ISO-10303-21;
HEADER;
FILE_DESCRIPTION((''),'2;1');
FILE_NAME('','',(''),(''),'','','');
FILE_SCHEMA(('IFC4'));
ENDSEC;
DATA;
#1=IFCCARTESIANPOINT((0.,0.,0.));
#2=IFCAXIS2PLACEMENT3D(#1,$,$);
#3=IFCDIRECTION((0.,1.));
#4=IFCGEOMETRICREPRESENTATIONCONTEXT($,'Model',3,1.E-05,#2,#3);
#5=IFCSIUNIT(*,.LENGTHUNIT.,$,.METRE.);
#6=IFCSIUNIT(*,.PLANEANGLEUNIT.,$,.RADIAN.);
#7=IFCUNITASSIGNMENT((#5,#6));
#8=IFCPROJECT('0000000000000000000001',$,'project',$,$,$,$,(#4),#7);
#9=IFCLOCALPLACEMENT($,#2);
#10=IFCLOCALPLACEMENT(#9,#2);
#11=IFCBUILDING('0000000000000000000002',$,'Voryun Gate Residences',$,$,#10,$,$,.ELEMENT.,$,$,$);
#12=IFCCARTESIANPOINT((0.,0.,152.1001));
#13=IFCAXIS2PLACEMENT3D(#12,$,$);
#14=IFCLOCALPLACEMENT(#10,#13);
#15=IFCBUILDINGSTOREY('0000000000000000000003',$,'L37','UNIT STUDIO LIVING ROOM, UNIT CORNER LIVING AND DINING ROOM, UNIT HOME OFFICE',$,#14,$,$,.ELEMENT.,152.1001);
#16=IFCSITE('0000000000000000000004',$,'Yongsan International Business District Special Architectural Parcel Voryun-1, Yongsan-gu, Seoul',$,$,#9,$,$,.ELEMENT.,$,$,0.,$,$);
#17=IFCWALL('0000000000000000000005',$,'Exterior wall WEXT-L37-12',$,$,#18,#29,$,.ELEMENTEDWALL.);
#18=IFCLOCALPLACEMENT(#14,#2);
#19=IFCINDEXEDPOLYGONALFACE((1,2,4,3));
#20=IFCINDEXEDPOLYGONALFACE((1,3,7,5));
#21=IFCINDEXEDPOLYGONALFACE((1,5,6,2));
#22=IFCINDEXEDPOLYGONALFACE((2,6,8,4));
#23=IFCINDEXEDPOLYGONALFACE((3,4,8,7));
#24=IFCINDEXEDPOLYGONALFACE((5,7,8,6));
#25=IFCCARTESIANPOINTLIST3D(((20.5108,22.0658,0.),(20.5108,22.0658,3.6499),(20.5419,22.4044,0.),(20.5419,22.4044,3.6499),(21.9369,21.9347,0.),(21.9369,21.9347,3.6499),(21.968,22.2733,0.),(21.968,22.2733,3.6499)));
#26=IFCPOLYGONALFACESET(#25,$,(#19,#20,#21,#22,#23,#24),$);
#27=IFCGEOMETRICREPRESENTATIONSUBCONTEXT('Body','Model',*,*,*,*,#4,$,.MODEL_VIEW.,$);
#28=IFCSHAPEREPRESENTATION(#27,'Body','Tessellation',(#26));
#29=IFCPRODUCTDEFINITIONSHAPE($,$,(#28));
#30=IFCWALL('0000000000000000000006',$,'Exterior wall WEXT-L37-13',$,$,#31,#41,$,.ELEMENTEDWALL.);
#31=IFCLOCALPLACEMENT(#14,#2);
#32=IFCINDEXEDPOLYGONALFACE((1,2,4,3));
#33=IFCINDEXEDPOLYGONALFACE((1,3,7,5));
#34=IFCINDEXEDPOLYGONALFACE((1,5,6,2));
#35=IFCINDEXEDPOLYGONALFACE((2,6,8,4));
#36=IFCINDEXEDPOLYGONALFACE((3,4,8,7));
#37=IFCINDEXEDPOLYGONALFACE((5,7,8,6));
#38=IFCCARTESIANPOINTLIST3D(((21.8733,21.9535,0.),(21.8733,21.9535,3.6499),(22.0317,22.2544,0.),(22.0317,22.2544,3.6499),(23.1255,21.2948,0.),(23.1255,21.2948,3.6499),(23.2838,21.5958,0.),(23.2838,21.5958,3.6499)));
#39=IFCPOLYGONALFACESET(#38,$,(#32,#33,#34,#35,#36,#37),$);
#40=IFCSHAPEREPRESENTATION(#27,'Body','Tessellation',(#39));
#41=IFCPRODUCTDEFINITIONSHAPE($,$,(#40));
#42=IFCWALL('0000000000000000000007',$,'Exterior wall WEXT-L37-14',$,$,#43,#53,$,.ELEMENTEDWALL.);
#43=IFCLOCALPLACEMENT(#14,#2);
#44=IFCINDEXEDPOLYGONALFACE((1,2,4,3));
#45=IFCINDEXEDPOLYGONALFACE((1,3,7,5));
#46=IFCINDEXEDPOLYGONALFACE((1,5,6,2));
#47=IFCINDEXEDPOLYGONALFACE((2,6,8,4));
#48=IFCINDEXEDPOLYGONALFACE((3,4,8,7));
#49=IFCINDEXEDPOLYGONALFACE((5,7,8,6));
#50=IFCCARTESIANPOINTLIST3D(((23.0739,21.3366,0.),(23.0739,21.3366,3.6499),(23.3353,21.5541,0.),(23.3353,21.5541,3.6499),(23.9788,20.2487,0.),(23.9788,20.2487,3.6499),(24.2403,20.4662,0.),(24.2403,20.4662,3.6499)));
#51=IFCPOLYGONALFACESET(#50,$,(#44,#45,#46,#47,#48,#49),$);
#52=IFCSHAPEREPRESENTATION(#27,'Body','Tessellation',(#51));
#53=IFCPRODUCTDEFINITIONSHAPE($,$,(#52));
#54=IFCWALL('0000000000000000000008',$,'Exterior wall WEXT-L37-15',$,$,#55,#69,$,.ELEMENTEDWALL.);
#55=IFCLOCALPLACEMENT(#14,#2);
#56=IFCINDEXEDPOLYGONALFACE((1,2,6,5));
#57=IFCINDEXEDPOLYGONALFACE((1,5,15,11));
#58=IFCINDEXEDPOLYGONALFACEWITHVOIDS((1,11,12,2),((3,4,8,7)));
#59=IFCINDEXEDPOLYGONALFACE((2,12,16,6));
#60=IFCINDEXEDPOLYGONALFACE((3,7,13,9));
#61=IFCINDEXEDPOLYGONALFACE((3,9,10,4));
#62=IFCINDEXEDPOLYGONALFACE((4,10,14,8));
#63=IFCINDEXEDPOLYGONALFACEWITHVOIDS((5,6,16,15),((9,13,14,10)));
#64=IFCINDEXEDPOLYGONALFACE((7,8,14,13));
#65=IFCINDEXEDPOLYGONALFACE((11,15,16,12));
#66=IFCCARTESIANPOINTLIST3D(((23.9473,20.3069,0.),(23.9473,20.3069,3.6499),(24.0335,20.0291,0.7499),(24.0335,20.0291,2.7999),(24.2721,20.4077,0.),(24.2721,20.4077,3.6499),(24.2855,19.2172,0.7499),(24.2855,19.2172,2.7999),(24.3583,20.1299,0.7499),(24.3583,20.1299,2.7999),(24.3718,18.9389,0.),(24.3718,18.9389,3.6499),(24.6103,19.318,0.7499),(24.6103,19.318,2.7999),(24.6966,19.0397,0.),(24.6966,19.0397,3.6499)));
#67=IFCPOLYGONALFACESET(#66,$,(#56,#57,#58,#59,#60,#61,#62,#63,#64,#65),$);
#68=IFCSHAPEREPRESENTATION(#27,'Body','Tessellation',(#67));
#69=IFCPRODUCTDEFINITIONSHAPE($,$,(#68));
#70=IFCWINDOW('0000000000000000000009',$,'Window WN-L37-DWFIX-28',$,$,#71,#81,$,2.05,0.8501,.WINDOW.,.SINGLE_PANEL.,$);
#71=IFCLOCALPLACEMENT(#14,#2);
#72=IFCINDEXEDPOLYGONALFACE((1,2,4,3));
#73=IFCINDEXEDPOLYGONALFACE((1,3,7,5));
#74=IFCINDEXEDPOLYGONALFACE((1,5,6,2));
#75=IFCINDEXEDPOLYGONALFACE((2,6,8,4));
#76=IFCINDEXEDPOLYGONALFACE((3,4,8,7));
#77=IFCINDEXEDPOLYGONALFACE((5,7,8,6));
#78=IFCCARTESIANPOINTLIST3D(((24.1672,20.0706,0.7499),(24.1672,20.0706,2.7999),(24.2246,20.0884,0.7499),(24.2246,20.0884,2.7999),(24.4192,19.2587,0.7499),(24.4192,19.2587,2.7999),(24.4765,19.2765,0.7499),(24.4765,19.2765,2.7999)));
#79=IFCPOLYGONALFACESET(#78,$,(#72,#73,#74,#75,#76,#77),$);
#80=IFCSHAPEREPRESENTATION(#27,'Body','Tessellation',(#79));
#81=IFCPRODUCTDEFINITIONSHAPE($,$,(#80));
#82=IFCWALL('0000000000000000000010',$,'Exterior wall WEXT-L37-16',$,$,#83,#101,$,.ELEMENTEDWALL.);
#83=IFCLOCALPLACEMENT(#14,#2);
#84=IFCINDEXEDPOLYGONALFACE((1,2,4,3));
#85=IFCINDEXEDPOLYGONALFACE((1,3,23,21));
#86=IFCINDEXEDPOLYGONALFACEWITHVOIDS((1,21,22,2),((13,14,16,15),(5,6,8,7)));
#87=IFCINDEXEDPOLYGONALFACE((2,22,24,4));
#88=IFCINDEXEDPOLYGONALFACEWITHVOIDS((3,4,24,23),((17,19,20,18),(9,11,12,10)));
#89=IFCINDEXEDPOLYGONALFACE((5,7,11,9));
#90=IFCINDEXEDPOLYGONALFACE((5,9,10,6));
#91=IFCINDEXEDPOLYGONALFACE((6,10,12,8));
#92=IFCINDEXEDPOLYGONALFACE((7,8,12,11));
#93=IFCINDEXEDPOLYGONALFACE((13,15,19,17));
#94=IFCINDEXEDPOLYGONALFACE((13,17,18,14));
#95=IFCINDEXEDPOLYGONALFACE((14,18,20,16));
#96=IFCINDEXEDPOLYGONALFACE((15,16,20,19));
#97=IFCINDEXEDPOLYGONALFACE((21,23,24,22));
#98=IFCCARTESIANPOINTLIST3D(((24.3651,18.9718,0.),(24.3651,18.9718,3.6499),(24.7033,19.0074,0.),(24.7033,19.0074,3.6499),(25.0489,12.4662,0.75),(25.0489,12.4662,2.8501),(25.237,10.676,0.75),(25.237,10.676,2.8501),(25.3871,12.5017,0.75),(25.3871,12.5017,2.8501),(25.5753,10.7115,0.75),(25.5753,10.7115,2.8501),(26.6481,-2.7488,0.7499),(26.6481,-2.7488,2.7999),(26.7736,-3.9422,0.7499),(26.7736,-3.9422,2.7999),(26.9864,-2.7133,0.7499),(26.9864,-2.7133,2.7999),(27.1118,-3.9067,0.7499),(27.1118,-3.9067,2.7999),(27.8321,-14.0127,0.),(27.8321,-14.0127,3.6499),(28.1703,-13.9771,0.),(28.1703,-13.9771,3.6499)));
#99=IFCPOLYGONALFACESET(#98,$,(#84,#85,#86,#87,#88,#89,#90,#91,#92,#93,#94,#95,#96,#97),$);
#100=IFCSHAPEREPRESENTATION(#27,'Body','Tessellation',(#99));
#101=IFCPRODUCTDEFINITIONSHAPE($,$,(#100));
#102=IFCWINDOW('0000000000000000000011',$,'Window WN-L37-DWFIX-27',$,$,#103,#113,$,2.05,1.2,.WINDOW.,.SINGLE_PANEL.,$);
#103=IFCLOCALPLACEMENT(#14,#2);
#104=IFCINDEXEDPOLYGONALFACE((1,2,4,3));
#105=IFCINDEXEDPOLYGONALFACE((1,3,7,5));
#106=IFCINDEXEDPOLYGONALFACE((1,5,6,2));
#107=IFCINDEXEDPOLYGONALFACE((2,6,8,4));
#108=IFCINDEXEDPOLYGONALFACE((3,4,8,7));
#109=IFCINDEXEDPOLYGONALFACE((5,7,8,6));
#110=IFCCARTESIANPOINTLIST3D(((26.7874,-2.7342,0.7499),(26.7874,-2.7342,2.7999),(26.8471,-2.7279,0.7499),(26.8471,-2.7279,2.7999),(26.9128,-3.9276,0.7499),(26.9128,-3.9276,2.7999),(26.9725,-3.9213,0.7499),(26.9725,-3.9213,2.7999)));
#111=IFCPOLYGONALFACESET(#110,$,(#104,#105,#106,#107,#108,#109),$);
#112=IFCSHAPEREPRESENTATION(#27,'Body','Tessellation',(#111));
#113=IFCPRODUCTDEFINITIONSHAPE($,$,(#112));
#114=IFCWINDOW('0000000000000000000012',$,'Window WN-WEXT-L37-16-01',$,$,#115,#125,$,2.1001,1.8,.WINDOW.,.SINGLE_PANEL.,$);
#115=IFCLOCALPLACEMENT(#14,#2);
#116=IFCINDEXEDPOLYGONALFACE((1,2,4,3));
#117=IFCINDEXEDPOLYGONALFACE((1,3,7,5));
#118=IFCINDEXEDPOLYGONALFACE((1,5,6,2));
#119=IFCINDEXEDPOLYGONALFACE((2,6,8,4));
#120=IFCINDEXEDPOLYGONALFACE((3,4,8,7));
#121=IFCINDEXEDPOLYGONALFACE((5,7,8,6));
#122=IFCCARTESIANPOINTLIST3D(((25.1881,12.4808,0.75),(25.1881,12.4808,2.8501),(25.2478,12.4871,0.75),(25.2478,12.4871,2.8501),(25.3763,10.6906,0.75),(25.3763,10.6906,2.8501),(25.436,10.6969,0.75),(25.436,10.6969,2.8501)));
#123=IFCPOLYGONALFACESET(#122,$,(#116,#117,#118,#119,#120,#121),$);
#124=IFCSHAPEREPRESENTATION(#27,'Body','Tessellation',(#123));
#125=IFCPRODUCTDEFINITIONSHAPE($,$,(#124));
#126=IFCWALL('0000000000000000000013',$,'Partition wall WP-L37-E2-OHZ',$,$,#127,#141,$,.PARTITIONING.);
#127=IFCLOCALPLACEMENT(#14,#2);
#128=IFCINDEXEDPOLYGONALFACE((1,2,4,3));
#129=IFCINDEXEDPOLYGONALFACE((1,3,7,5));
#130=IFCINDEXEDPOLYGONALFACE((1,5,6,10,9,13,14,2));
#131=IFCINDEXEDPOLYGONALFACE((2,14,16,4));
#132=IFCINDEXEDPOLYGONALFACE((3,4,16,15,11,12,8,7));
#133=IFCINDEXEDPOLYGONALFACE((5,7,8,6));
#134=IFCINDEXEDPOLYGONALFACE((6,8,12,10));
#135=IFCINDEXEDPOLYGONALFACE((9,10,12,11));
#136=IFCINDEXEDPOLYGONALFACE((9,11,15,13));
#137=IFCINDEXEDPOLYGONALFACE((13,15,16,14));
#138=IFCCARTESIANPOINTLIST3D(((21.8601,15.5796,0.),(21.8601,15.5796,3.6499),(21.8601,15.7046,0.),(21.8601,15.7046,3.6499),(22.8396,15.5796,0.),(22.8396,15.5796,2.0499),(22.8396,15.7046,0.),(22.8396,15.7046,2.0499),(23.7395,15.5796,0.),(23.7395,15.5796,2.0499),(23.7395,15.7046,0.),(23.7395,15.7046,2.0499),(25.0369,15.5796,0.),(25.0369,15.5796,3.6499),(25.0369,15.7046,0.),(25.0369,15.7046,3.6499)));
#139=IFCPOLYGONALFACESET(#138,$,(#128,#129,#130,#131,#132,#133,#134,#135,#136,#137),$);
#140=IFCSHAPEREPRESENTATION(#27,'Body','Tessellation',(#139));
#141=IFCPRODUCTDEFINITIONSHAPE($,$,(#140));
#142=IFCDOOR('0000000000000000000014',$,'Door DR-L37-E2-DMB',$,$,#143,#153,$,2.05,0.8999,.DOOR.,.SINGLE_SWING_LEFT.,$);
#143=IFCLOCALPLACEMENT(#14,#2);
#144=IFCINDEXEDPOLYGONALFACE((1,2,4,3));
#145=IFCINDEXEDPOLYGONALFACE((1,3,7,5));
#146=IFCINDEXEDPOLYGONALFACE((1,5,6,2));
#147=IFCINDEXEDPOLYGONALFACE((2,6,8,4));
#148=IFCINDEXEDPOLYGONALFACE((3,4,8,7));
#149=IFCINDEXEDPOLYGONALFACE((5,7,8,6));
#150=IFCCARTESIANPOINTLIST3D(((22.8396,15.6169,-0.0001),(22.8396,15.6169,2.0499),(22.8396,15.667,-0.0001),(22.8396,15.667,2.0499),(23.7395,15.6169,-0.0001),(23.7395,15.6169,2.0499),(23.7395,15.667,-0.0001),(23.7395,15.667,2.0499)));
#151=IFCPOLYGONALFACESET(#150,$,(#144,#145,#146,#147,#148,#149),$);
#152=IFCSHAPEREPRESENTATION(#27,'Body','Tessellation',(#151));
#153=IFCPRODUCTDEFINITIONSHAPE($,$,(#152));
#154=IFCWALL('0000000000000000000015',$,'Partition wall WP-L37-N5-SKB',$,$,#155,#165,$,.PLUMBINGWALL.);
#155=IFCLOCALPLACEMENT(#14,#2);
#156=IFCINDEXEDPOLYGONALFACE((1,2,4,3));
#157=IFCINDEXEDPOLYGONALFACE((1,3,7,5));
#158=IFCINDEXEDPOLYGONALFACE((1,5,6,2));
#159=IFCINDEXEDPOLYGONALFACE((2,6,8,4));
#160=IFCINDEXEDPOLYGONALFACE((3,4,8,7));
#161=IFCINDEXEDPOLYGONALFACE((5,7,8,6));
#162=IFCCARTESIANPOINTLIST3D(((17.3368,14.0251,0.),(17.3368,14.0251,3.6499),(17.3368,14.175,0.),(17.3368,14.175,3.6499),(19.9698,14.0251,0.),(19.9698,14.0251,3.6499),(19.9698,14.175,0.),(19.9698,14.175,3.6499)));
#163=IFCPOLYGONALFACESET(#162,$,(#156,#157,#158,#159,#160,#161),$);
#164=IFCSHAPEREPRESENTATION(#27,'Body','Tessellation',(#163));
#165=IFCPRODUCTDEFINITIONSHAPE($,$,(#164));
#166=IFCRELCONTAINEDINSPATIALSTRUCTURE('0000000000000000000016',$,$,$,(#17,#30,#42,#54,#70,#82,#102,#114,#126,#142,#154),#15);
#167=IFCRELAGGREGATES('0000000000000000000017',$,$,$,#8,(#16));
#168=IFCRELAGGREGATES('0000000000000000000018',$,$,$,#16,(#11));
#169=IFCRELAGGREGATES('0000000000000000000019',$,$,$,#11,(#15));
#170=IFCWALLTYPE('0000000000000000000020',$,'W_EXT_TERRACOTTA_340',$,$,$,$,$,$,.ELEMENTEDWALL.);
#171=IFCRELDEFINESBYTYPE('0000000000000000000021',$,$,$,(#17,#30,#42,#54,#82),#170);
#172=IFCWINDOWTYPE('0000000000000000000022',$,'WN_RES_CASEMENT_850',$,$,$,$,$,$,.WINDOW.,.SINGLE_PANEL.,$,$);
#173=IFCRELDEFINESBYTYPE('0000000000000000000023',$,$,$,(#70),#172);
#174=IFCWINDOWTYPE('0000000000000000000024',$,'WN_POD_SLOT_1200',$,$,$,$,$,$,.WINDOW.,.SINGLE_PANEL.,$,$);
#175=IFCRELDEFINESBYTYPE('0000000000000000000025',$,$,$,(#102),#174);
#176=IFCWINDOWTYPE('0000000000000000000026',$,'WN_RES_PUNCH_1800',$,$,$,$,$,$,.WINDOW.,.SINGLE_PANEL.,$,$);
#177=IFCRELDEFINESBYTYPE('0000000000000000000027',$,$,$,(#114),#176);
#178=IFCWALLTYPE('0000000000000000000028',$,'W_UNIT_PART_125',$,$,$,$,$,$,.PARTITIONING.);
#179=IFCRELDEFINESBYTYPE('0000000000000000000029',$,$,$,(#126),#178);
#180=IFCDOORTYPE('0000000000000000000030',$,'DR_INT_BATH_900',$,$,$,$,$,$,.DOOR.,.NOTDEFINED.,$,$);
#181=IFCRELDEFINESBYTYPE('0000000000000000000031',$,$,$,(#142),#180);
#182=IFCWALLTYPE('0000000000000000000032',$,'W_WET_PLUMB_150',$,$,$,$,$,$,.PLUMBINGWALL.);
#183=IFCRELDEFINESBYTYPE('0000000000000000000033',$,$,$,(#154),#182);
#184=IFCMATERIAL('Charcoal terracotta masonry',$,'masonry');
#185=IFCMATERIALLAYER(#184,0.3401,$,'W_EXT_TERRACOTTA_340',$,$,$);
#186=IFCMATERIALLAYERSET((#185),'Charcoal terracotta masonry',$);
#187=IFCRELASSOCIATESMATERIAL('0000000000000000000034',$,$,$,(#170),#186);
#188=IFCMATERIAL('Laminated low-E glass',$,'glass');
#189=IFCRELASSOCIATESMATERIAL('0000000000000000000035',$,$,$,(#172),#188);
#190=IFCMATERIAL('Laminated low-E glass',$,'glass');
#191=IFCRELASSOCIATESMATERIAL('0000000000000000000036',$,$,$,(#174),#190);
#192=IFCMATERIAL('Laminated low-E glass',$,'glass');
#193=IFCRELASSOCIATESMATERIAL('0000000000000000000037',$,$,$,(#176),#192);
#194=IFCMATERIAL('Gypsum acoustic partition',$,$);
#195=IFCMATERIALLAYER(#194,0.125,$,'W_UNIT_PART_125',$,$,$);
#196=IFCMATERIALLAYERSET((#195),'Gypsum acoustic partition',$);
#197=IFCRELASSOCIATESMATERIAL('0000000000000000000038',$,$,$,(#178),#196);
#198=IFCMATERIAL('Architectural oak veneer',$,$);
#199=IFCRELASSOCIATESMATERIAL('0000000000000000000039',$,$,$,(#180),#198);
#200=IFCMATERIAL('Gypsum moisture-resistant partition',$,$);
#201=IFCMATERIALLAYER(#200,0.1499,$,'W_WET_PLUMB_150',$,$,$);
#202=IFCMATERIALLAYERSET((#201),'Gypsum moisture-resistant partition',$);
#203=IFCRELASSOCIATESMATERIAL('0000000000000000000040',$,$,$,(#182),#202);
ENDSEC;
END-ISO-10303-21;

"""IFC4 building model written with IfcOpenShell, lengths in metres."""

from ifc_helpers import new_model, si_unit, direction, frame, frame_2d, origin, place, context, subcontext, project, spatial, rectangle, extrude, material, layer, layer_set, type_object, element, fill, save


model = new_model("IFC4")

# Units and contexts
model_context = context("Model", 3, precision=1e-05, world=origin(), true_north=direction((0.0, 1.0)))
body_context = subcontext(model_context, "Body", "Model", "MODEL_VIEW")
ifc_project = project(units=[si_unit("LENGTHUNIT", "METRE"), si_unit("PLANEANGLEUNIT", "RADIAN")], contexts=[model_context])

# Site, building, storey
site_placement = place(None, origin())
site = spatial("IfcSite", under=ifc_project, at=site_placement, Name="Yongsan International Business District Special Architectural Parcel Voryun-1, Yongsan-gu, Seoul", CompositionType="ELEMENT", RefElevation=0.0)
building_placement = place(site_placement, origin())
building = spatial("IfcBuilding", under=site, at=building_placement, Name="Voryun Gate Residences", CompositionType="ELEMENT")
storey_placement = place(building_placement, frame((0.0, 0.0, 152.1001)))
storey = spatial("IfcBuildingStorey", under=building, at=storey_placement, Name="L37", Description="UNIT STUDIO LIVING ROOM, UNIT CORNER LIVING AND DINING ROOM, UNIT HOME OFFICE", CompositionType="ELEMENT", Elevation=152.1001)

# Walls
ifc_material_1 = material(Name="Charcoal terracotta masonry", Category="masonry")
ifc_layer_1 = layer(ifc_material_1, 0.3401, Name="W_EXT_TERRACOTTA_340")
ifc_layer_set_1 = layer_set([ifc_layer_1], Name="Charcoal terracotta masonry")
wall_type_1 = type_object("IfcWallType", Name="W_EXT_TERRACOTTA_340", PredefinedType="ELEMENTEDWALL", material=ifc_layer_set_1)
wall_1_placement = place(storey_placement, frame((20.5264, 22.2351, 0.0), z_axis=(0.0, 0.0, 1.0), x_axis=(0.9958, -0.09155, 0.0)))
element("IfcWall", 1, at=wall_1_placement, inside=storey, type_object=wall_type_1, Name="Exterior wall WEXT-L37-12", PredefinedType="ELEMENTEDWALL", context=body_context, shape_type="SweptSolid", body=[
    extrude(rectangle(XDim=1.4321, YDim=0.3401, at=frame_2d((0.7161, 0.0))), origin(), (0.0, 0.0, 1.0), 3.6499),
])
wall_2_placement = place(storey_placement, frame((21.9524, 22.104, 0.0), z_axis=(0.0, 0.0, 1.0), x_axis=(0.885023, -0.465547, 0.0)))
element("IfcWall", 2, at=wall_2_placement, inside=storey, type_object=wall_type_1, Name="Exterior wall WEXT-L37-13", PredefinedType="ELEMENTEDWALL", context=body_context, shape_type="SweptSolid", body=[
    extrude(rectangle(XDim=1.4148, YDim=0.3401, at=frame_2d((0.7075, 0.0))), origin(), (0.0, 0.0, 1.0), 3.6499),
])
wall_3_placement = place(storey_placement, frame((23.2046, 21.4453, 0.0), z_axis=(0.0, 0.0, 1.0), x_axis=(0.639539, -0.768758, 0.0)))
element("IfcWall", 3, at=wall_3_placement, inside=storey, type_object=wall_type_1, Name="Exterior wall WEXT-L37-14", PredefinedType="ELEMENTEDWALL", context=body_context, shape_type="SweptSolid", body=[
    extrude(rectangle(XDim=1.415, YDim=0.3401, at=frame_2d((0.7075, 0.0))), origin(), (0.0, 0.0, 1.0), 3.6499),
])

# Wall, opening, window
wall_4_placement = place(storey_placement, frame((24.1096, 20.3574, 0.0), z_axis=(0.0, 0.0, 1.0), x_axis=(0.296421, -0.955057, 0.0)))
wall_4 = element("IfcWall", 4, at=wall_4_placement, inside=storey, type_object=wall_type_1, Name="Exterior wall WEXT-L37-15", PredefinedType="ELEMENTEDWALL", context=body_context, shape_type="SweptSolid", body=[
    extrude(rectangle(XDim=1.4324, YDim=0.3401, at=frame_2d((0.7163, 0.0))), origin(), (0.0, 0.0, 1.0), 3.6499),
])
opening_1_placement = place(wall_4_placement, frame((0.291, 0.0, 0.75)))
opening_1 = element("IfcOpeningElement", 5, at=opening_1_placement, cuts=wall_4, PredefinedType="OPENING", context=body_context, shape_type="SweptSolid", body=[
    extrude(rectangle(XDim=0.8501, YDim=2.05, at=frame_2d((0.425, 1.0249))), frame((0.0, 0.1799, 0.0), z_axis=(0.0, -1.0, 0.0), x_axis=(1.0, 0.0, 0.0)), (0.0, 0.0, 1.0), 0.3601),
])
ifc_material_2 = material(Name="Laminated low-E glass", Category="glass")
window_type_1 = type_object("IfcWindowType", Name="WN_RES_CASEMENT_850", PartitioningType="SINGLE_PANEL", PredefinedType="WINDOW", material=ifc_material_2)
window_1_placement = place(opening_1_placement, origin())
window_1 = element("IfcWindow", 6, at=window_1_placement, inside=storey, type_object=window_type_1, Name="Window WN-L37-DWFIX-28", OverallHeight=2.05, OverallWidth=0.8501, PartitioningType="SINGLE_PANEL", PredefinedType="WINDOW", context=body_context, shape_type="SweptSolid", body=[
    extrude(rectangle(XDim=0.8501, YDim=2.05, at=frame_2d((0.425, 1.0249))), frame((0.0, 0.03, 0.0), z_axis=(0.0, -1.0, 0.0), x_axis=(1.0, 0.0, 0.0)), (0.0, 0.0, 1.0), 0.0601),
])
fill(opening_1, window_1)

# Wall, openings, windows
wall_5_placement = place(storey_placement, frame((24.5342, 18.9895, 0.0), z_axis=(0.0, 0.0, 1.0), x_axis=(0.104535, -0.994521, 0.0)))
wall_5 = element("IfcWall", 7, at=wall_5_placement, inside=storey, type_object=wall_type_1, Name="Exterior wall WEXT-L37-16", PredefinedType="ELEMENTEDWALL", context=body_context, shape_type="SweptSolid", body=[
    extrude(rectangle(XDim=33.1663, YDim=0.3401, at=frame_2d((16.583, 0.0))), origin(), (0.0, 0.0, 1.0), 3.6499),
])
opening_2_placement = place(wall_5_placement, frame((6.5415, 0.0, 0.75)))
opening_2 = element("IfcOpeningElement", 8, at=opening_2_placement, cuts=wall_5, PredefinedType="OPENING", context=body_context, shape_type="SweptSolid", body=[
    extrude(rectangle(XDim=1.8, YDim=2.1001, at=frame_2d((0.8999, 1.05))), frame((0.0, 0.1799, 0.0), z_axis=(0.0, -1.0, 0.0), x_axis=(1.0, 0.0, 0.0)), (0.0, 0.0, 1.0), 0.3601),
])
opening_3_placement = place(wall_5_placement, frame((21.8401, 0.0, 0.75)))
opening_3 = element("IfcOpeningElement", 9, at=opening_3_placement, cuts=wall_5, PredefinedType="OPENING", context=body_context, shape_type="SweptSolid", body=[
    extrude(rectangle(XDim=1.2, YDim=2.05, at=frame_2d((0.6001, 1.0249))), frame((0.0, 0.1799, 0.0), z_axis=(0.0, -1.0, 0.0), x_axis=(1.0, 0.0, 0.0)), (0.0, 0.0, 1.0), 0.3601),
])
ifc_material_3 = material(Name="Laminated low-E glass", Category="glass")
window_type_2 = type_object("IfcWindowType", Name="WN_POD_SLOT_1200", PartitioningType="SINGLE_PANEL", PredefinedType="WINDOW", material=ifc_material_3)
window_2_placement = place(opening_3_placement, origin())
window_2 = element("IfcWindow", 10, at=window_2_placement, inside=storey, type_object=window_type_2, Name="Window WN-L37-DWFIX-27", OverallHeight=2.05, OverallWidth=1.2, PartitioningType="SINGLE_PANEL", PredefinedType="WINDOW", context=body_context, shape_type="SweptSolid", body=[
    extrude(rectangle(XDim=1.2, YDim=2.05, at=frame_2d((0.6001, 1.0249))), frame((0.0, 0.03, 0.0), z_axis=(0.0, -1.0, 0.0), x_axis=(1.0, 0.0, 0.0)), (0.0, 0.0, 1.0), 0.0601),
])
fill(opening_3, window_2)
ifc_material_4 = material(Name="Laminated low-E glass", Category="glass")
window_type_3 = type_object("IfcWindowType", Name="WN_RES_PUNCH_1800", PartitioningType="SINGLE_PANEL", PredefinedType="WINDOW", material=ifc_material_4)
window_3_placement = place(opening_2_placement, origin())
window_3 = element("IfcWindow", 11, at=window_3_placement, inside=storey, type_object=window_type_3, Name="Window WN-WEXT-L37-16-01", OverallHeight=2.1001, OverallWidth=1.8, PartitioningType="SINGLE_PANEL", PredefinedType="WINDOW", context=body_context, shape_type="SweptSolid", body=[
    extrude(rectangle(XDim=1.8, YDim=2.1001, at=frame_2d((0.8999, 1.05))), frame((0.0, 0.03, 0.0), z_axis=(0.0, -1.0, 0.0), x_axis=(1.0, 0.0, 0.0)), (0.0, 0.0, 1.0), 0.0601),
])
fill(opening_2, window_3)

# Wall, opening, door
ifc_material_5 = material(Name="Gypsum acoustic partition")
ifc_layer_2 = layer(ifc_material_5, 0.125, Name="W_UNIT_PART_125")
ifc_layer_set_2 = layer_set([ifc_layer_2], Name="Gypsum acoustic partition")
wall_type_2 = type_object("IfcWallType", Name="W_UNIT_PART_125", PredefinedType="PARTITIONING", material=ifc_layer_set_2)
wall_6_placement = place(storey_placement, frame((21.8601, 15.6421, 0.0), z_axis=(0.0, 0.0, 1.0), x_axis=(1.0, 0.0, 0.0)))
wall_6 = element("IfcWall", 12, at=wall_6_placement, inside=storey, type_object=wall_type_2, Name="Partition wall WP-L37-E2-OHZ", PredefinedType="PARTITIONING", context=body_context, shape_type="SweptSolid", body=[
    extrude(rectangle(XDim=3.1768, YDim=0.125, at=frame_2d((1.5884, 0.0))), origin(), (0.0, 0.0, 1.0), 3.6499),
])
opening_4_placement = place(wall_6_placement, frame((0.9795, 0.0, 0.0)))
opening_4 = element("IfcOpeningElement", 13, at=opening_4_placement, cuts=wall_6, PredefinedType="OPENING", context=body_context, shape_type="SweptSolid", body=[
    extrude(rectangle(XDim=0.8999, YDim=2.05, at=frame_2d((0.45, 1.0249))), frame((0.0, 0.0725, 0.0), z_axis=(0.0, -1.0, 0.0), x_axis=(1.0, 0.0, 0.0)), (0.0, 0.0, 1.0), 0.145),
])
ifc_material_6 = material(Name="Architectural oak veneer")
door_type = type_object("IfcDoorType", Name="DR_INT_BATH_900", OperationType="NOTDEFINED", PredefinedType="DOOR", material=ifc_material_6)
door_1_placement = place(opening_4_placement, origin())
door_1 = element("IfcDoor", 14, at=door_1_placement, inside=storey, type_object=door_type, Name="Door DR-L37-E2-DMB", OperationType="SINGLE_SWING_LEFT", OverallHeight=2.05, OverallWidth=0.8999, PredefinedType="DOOR", context=body_context, shape_type="SweptSolid", body=[
    extrude(rectangle(XDim=0.8999, YDim=2.05, at=frame_2d((0.45, 1.0249))), frame((0.0, 0.0249, 0.0), z_axis=(0.0, -1.0, 0.0), x_axis=(1.0, 0.0, 0.0)), (0.0, 0.0, 1.0), 0.05),
])
fill(opening_4, door_1)

# Wall
ifc_material_7 = material(Name="Gypsum moisture-resistant partition")
ifc_layer_3 = layer(ifc_material_7, 0.1499, Name="W_WET_PLUMB_150")
ifc_layer_set_3 = layer_set([ifc_layer_3], Name="Gypsum moisture-resistant partition")
wall_type_3 = type_object("IfcWallType", Name="W_WET_PLUMB_150", PredefinedType="PLUMBINGWALL", material=ifc_layer_set_3)
wall_7_placement = place(storey_placement, frame((17.3369, 14.1001, 0.0), z_axis=(0.0, 0.0, 1.0), x_axis=(1.0, 0.0, 0.0)))
element("IfcWall", 15, at=wall_7_placement, inside=storey, type_object=wall_type_3, Name="Partition wall WP-L37-N5-SKB", PredefinedType="PLUMBINGWALL", context=body_context, shape_type="SweptSolid", body=[
    extrude(rectangle(XDim=2.6331, YDim=0.1499, at=frame_2d((1.3164, 0.0))), origin(), (0.0, 0.0, 1.0), 3.6499),
])

save(model, "model.ifc")
